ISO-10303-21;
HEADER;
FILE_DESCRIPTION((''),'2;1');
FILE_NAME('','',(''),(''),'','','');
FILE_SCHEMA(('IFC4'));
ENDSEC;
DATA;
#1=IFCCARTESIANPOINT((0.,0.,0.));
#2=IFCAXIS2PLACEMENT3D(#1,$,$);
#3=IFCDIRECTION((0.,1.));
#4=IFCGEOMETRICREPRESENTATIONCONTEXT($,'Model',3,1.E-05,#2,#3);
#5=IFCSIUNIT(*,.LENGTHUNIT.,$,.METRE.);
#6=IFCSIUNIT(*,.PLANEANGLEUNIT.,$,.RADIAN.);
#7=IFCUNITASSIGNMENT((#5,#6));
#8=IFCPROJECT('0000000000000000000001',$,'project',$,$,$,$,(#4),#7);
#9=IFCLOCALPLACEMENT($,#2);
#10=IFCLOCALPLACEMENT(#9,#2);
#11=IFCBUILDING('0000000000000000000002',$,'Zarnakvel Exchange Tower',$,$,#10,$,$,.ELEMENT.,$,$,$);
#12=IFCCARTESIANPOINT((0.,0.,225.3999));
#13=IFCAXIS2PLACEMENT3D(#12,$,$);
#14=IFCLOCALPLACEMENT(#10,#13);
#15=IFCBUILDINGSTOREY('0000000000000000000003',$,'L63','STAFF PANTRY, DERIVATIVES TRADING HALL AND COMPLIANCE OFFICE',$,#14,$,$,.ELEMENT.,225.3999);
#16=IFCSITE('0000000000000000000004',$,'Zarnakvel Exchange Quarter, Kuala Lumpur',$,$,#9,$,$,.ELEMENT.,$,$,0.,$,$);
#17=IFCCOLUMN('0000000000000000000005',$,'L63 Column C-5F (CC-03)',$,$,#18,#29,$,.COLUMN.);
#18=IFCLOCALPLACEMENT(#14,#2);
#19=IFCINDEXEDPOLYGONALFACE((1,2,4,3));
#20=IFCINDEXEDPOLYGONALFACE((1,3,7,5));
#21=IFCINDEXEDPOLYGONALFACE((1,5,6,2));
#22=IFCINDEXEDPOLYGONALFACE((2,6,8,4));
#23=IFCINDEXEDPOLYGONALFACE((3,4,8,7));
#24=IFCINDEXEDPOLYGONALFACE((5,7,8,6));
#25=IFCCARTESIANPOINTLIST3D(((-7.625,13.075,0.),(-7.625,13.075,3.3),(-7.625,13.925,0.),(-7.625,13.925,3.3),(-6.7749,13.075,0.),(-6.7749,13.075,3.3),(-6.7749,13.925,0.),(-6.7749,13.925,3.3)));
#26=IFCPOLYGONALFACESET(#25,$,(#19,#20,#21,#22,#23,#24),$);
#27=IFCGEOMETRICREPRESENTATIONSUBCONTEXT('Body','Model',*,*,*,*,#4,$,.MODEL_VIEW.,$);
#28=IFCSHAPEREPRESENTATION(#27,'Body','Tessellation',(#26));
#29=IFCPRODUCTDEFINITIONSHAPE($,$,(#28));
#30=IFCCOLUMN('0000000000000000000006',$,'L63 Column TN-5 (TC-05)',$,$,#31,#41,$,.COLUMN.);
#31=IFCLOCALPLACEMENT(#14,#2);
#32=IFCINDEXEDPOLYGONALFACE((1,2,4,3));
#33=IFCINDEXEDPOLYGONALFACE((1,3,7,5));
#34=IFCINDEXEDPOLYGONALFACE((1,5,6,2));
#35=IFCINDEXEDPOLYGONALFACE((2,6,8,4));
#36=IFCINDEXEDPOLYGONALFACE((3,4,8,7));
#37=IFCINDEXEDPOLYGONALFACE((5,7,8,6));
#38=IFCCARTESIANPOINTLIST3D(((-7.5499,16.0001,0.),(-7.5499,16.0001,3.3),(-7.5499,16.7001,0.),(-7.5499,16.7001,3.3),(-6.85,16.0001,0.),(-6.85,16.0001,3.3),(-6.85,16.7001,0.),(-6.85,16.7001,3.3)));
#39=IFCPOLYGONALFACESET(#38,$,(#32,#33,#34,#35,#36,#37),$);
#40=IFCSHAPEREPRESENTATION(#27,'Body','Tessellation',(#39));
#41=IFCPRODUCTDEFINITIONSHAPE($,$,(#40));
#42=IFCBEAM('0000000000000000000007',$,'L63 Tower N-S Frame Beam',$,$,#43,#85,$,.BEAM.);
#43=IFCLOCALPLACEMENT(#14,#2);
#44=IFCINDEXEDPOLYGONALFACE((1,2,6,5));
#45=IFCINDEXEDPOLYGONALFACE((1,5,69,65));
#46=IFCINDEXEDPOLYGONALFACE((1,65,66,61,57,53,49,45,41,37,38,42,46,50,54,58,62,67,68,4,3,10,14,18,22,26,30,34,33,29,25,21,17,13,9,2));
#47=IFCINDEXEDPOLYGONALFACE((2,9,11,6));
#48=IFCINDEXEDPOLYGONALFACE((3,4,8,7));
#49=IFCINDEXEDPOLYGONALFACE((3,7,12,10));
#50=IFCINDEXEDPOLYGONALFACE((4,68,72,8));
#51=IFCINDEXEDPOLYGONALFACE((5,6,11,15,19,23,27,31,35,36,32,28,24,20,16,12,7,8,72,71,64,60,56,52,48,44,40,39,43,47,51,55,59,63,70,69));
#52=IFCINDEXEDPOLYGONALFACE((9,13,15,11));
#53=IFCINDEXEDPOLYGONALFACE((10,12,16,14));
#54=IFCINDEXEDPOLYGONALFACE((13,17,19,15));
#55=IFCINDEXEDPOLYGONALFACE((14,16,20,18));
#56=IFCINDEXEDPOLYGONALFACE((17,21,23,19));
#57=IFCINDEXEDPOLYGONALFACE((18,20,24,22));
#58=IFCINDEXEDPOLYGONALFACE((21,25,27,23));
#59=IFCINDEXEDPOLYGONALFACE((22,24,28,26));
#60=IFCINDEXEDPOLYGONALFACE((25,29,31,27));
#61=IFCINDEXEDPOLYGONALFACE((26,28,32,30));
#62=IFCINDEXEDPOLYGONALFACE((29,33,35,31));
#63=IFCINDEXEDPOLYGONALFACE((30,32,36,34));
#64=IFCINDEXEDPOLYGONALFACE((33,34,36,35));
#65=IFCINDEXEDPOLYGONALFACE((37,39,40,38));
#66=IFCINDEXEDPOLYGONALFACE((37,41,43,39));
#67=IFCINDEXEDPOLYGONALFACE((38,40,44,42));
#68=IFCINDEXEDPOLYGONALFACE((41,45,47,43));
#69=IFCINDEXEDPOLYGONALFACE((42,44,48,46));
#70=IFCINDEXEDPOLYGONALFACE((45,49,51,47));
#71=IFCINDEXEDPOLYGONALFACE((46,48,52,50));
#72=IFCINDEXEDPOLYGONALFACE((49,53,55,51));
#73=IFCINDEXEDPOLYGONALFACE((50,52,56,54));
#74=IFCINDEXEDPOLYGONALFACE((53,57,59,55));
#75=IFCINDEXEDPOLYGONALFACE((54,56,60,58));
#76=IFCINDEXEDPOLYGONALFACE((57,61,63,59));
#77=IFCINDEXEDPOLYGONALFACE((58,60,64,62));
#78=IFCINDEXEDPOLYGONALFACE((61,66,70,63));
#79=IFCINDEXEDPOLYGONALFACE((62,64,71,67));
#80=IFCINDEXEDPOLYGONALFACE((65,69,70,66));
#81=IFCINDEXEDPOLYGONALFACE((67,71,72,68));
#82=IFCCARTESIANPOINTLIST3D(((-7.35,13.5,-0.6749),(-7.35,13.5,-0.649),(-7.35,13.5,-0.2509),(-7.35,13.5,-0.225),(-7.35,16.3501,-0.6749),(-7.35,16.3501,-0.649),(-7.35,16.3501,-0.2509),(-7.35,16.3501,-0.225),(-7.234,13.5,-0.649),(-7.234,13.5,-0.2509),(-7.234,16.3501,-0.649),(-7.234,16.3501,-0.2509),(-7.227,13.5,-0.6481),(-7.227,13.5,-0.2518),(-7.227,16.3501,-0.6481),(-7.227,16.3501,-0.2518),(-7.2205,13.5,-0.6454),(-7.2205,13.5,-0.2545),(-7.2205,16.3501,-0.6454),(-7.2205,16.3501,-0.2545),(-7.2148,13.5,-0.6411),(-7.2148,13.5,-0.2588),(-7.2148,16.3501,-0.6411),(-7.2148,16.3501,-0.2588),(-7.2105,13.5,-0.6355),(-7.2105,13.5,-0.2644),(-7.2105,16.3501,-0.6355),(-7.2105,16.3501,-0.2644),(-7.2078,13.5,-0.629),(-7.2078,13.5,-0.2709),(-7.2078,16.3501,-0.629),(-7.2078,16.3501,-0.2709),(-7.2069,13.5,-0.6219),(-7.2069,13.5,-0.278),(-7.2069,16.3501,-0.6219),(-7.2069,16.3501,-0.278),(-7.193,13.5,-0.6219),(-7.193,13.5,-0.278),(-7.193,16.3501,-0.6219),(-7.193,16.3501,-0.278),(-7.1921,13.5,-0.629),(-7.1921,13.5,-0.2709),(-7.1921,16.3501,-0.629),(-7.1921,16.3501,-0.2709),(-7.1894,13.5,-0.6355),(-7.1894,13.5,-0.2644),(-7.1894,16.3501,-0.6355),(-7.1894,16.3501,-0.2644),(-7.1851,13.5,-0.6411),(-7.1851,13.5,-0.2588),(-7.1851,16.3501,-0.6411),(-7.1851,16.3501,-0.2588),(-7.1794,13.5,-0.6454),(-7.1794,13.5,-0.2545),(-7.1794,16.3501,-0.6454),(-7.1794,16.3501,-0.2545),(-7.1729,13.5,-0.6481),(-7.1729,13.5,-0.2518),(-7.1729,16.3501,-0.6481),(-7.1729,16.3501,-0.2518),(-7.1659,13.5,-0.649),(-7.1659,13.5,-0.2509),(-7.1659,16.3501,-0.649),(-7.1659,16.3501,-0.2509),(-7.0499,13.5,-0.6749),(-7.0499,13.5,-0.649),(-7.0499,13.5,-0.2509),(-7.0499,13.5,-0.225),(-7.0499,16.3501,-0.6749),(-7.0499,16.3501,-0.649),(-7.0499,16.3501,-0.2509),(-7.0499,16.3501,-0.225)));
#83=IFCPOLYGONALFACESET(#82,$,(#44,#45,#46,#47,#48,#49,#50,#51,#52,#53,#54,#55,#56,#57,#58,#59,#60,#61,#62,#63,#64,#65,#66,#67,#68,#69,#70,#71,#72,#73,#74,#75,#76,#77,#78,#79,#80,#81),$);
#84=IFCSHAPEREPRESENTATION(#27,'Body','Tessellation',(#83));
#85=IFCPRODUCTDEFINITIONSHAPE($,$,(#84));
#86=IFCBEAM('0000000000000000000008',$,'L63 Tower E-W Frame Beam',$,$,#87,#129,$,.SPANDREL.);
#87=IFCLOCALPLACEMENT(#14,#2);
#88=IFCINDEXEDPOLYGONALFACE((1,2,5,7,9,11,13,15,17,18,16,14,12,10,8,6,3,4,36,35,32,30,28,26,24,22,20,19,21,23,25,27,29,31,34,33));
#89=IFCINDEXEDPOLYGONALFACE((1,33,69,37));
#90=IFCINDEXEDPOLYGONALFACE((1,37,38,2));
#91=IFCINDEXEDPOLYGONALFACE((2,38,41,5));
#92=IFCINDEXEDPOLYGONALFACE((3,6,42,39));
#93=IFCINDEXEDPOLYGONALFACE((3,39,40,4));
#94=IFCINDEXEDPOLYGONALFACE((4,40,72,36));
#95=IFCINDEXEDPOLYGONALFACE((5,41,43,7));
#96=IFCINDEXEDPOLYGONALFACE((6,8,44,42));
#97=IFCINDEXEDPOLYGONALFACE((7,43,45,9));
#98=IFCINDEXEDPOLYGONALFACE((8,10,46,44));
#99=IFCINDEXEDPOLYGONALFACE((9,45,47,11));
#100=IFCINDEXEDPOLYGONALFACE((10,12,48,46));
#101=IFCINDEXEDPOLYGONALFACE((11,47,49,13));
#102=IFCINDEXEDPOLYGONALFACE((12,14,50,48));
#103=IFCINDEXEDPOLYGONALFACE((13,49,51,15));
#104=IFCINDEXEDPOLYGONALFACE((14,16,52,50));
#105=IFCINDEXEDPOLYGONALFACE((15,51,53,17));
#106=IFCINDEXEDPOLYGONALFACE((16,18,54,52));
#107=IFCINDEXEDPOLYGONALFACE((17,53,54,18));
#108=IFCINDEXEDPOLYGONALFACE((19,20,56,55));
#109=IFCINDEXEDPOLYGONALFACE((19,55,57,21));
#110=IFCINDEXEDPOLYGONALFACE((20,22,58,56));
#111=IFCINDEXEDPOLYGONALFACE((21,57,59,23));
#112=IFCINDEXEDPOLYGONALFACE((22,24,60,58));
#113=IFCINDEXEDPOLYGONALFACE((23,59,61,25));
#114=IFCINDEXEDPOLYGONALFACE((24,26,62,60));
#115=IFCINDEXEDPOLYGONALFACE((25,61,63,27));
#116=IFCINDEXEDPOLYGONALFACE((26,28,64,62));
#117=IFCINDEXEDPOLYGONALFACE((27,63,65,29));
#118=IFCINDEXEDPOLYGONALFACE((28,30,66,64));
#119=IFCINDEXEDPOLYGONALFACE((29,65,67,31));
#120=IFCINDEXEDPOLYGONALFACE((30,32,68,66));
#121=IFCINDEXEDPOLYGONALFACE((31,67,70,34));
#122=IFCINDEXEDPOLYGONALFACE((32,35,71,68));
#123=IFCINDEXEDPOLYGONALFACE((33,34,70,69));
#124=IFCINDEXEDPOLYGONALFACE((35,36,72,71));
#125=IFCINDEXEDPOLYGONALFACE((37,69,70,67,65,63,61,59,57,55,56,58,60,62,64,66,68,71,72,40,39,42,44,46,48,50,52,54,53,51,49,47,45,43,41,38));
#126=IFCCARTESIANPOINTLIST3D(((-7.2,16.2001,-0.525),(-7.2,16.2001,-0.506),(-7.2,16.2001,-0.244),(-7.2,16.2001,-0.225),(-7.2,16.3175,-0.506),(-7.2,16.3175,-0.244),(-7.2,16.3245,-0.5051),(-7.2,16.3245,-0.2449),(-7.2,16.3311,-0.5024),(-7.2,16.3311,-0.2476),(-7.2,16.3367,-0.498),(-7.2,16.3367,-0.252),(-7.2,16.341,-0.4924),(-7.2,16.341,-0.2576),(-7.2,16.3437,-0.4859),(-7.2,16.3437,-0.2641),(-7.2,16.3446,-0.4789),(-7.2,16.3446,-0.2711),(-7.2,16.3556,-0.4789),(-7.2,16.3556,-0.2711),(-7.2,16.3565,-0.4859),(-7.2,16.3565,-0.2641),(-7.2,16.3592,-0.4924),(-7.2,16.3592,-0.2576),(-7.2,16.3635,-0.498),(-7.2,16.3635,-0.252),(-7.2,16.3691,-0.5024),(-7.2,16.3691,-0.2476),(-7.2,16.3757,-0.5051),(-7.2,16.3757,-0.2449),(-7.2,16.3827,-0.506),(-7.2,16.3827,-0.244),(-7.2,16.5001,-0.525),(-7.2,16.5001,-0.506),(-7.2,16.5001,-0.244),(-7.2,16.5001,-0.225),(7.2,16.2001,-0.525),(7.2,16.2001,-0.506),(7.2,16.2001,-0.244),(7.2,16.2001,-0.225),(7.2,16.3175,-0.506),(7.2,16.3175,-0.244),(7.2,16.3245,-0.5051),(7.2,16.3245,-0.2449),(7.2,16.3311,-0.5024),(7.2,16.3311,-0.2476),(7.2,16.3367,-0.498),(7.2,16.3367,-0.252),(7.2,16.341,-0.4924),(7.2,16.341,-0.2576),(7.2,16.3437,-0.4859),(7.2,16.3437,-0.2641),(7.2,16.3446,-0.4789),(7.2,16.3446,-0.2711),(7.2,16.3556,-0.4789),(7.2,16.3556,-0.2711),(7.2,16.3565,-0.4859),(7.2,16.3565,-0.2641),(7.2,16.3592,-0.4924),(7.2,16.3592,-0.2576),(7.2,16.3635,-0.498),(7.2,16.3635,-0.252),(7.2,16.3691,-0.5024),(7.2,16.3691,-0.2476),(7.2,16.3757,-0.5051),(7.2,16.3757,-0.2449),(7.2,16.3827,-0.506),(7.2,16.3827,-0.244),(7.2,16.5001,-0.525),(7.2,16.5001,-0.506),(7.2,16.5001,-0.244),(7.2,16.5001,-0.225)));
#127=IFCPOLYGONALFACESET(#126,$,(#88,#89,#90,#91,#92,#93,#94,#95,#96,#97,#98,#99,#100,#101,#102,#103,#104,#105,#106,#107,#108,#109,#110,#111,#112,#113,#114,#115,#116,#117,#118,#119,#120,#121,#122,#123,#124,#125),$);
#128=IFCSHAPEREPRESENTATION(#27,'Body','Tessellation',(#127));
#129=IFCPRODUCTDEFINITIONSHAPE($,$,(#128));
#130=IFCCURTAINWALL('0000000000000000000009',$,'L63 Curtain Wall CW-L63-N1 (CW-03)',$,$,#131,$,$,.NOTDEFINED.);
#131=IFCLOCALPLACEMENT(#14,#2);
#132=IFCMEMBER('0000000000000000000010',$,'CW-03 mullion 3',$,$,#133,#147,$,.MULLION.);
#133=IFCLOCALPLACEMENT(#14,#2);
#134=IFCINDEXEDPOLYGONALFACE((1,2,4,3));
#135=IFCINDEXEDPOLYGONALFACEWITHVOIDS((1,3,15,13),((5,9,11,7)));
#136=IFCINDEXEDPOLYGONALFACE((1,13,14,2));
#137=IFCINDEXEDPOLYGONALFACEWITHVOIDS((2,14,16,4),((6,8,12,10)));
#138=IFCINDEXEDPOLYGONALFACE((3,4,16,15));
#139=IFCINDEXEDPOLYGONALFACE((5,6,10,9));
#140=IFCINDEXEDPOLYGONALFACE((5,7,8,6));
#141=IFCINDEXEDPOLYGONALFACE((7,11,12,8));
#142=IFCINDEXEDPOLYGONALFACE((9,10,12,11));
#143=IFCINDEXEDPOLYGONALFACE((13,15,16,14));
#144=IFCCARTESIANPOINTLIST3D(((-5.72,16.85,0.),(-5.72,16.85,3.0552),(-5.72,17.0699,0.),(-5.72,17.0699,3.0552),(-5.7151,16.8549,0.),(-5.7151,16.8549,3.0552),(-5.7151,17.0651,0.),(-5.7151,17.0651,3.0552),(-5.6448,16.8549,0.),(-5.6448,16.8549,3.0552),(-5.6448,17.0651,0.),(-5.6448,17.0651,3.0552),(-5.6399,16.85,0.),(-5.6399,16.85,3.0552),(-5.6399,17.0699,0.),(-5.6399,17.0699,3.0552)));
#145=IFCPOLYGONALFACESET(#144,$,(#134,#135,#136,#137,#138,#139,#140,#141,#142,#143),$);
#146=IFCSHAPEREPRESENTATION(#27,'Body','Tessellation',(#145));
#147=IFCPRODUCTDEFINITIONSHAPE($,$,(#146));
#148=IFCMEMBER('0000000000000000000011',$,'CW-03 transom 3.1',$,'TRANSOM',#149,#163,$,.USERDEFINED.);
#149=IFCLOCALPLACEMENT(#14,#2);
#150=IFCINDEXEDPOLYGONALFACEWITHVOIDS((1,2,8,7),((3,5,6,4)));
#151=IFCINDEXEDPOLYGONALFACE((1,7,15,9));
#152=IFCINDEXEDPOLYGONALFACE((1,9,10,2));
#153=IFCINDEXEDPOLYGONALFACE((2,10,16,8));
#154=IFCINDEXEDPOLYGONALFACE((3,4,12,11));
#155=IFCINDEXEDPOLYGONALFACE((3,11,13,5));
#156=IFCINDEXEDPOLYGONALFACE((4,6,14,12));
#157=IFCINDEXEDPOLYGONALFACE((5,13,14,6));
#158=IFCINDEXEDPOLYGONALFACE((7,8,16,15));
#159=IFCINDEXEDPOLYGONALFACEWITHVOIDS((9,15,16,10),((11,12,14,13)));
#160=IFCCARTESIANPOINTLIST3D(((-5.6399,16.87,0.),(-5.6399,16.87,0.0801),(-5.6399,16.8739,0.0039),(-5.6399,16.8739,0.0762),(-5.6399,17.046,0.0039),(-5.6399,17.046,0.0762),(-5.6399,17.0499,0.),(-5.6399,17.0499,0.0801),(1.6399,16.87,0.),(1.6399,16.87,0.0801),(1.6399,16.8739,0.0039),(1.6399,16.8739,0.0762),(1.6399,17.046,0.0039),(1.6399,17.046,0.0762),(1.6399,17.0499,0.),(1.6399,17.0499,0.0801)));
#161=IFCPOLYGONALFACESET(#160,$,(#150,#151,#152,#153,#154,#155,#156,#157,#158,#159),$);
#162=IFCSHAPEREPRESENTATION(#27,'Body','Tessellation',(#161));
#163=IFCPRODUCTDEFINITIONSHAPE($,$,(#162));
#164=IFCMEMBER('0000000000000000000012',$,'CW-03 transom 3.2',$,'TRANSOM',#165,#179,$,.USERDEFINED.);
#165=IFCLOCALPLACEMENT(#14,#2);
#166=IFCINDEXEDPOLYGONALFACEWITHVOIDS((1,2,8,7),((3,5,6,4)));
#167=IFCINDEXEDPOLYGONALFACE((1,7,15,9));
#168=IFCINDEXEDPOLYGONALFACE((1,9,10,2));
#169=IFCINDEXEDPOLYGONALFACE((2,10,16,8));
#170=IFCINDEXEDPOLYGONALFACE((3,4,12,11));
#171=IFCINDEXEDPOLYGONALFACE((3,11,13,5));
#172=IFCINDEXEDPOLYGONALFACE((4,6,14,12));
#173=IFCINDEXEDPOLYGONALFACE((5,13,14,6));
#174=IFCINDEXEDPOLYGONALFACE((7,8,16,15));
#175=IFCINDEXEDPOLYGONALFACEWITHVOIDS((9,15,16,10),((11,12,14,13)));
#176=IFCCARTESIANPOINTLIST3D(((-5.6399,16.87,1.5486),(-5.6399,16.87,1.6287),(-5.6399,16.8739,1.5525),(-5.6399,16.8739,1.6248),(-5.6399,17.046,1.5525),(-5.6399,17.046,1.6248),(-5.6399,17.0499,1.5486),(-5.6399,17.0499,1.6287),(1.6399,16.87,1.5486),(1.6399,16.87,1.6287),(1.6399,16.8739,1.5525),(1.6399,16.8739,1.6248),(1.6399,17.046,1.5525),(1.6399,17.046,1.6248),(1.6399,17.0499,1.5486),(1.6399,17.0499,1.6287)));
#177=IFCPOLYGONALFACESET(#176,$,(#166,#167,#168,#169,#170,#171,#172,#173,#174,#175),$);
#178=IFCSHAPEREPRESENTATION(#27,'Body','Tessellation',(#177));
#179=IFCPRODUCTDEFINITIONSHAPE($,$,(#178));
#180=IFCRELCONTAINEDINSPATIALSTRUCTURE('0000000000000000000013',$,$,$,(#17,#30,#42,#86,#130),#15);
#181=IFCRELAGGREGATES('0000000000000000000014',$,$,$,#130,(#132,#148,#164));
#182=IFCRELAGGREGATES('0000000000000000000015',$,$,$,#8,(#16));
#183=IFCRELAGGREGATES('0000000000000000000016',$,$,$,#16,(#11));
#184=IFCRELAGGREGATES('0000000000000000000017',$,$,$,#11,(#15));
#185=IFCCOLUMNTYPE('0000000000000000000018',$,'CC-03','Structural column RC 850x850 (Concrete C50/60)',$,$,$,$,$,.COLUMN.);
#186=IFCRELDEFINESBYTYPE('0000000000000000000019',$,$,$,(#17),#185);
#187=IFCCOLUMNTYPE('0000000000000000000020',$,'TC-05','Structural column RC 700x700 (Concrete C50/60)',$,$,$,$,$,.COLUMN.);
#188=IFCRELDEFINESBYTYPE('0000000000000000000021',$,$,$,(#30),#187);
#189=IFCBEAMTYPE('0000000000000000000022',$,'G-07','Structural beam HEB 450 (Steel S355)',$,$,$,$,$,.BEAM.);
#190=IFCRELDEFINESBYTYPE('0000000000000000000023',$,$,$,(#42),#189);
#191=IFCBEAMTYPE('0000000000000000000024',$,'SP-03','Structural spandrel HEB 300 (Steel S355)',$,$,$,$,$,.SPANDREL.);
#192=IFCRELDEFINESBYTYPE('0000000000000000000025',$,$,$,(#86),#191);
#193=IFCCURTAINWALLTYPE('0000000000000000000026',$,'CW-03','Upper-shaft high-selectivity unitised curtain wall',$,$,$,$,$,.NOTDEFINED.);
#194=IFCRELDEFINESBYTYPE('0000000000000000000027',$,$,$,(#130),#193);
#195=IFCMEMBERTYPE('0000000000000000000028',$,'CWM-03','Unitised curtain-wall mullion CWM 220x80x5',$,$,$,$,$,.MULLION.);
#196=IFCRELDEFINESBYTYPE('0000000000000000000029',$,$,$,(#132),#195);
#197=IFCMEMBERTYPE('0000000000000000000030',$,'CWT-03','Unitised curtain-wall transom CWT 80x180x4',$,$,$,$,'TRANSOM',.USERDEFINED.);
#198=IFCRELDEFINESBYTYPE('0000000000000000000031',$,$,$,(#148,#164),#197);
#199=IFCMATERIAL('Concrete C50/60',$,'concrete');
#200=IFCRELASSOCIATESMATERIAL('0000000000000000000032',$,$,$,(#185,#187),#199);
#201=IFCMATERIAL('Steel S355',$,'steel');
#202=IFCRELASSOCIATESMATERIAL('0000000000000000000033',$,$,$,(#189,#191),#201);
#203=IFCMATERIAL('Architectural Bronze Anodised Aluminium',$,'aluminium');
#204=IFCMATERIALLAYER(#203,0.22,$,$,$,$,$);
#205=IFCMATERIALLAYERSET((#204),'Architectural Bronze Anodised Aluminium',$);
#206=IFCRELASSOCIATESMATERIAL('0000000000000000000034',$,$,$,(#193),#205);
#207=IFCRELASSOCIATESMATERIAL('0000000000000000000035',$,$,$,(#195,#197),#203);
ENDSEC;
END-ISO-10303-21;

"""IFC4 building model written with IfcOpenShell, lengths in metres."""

from ifc_helpers import new_model, si_unit, direction, frame, origin, origin_2d, place, context, subcontext, project, spatial, rectangle, hollow_rectangle, i_section, extrude, source, transform, mapped, material, layer, layer_set, material_profile, profile_set, type_object, element, aggregate, save


model = new_model("IFC4")

# Units and contexts
model_context = context("Model", 3, precision=1e-05, world=origin(), true_north=direction((0.0, 1.0)))
body_context = subcontext(model_context, "Body", "Model", "MODEL_VIEW")
ifc_project = project(units=[si_unit("LENGTHUNIT", "METRE"), si_unit("PLANEANGLEUNIT", "RADIAN")], contexts=[model_context])

# Site, building, storey
site_placement = place(None, origin())
site = spatial("IfcSite", under=ifc_project, at=site_placement, Name="Zarnakvel Exchange Quarter, Kuala Lumpur", CompositionType="ELEMENT", RefElevation=0.0)
building_placement = place(site_placement, origin())
building = spatial("IfcBuilding", under=site, at=building_placement, Name="Zarnakvel Exchange Tower", CompositionType="ELEMENT")
storey_placement = place(building_placement, frame((0.0, 0.0, 225.3999)))
storey = spatial("IfcBuildingStorey", under=building, at=storey_placement, Name="L63", Description="STAFF PANTRY, DERIVATIVES TRADING HALL AND COMPLIANCE OFFICE", CompositionType="ELEMENT", Elevation=225.3999)

# Columns
ifc_material_1 = material(Name="Concrete C50/60", Category="concrete")
ifc_material_profile_1 = material_profile(ifc_material_1, rectangle(XDim=0.8501, YDim=0.8501, at=origin_2d()))
ifc_profile_set_1 = profile_set([ifc_material_profile_1], Name="Concrete C50/60")
column_type_1 = type_object("IfcColumnType", Name="CC-03", Description="Structural column RC 850x850 (Concrete C50/60)", PredefinedType="COLUMN", material=ifc_profile_set_1)
column_1_placement = place(storey_placement, frame((-7.2, 13.5, 0.0), z_axis=(0.0, 0.0, 1.0), x_axis=(1.0, 0.0, 0.0)))
element("IfcColumn", 1, at=column_1_placement, inside=storey, type_object=column_type_1, Name="L63 Column C-5F (CC-03)", PredefinedType="COLUMN", context=body_context, shape_type="SweptSolid", body=[
    extrude(rectangle(XDim=0.8501, YDim=0.8501, at=origin_2d()), origin(), (0.0, 0.0, 1.0), 3.3),
])
ifc_material_profile_2 = material_profile(ifc_material_1, rectangle(XDim=0.7, YDim=0.7, at=origin_2d()))
ifc_profile_set_2 = profile_set([ifc_material_profile_2], Name="Concrete C50/60")
column_type_2 = type_object("IfcColumnType", Name="TC-05", Description="Structural column RC 700x700 (Concrete C50/60)", PredefinedType="COLUMN", material=ifc_profile_set_2)
column_2_placement = place(storey_placement, frame((-7.2, 16.3501, 0.0), z_axis=(0.0, 0.0, 1.0), x_axis=(1.0, 0.0, 0.0)))
element("IfcColumn", 2, at=column_2_placement, inside=storey, type_object=column_type_2, Name="L63 Column TN-5 (TC-05)", PredefinedType="COLUMN", context=body_context, shape_type="SweptSolid", body=[
    extrude(rectangle(XDim=0.7, YDim=0.7, at=origin_2d()), origin(), (0.0, 0.0, 1.0), 3.3),
])

# Beams
ifc_material_2 = material(Name="Steel S355", Category="steel")
ifc_material_profile_3 = material_profile(ifc_material_2, i_section(OverallWidth=0.3, OverallDepth=0.45, WebThickness=0.0139, FlangeThickness=0.0259, FilletRadius=0.0271, at=origin_2d()))
ifc_profile_set_3 = profile_set([ifc_material_profile_3], Name="Steel S355")
beam_type_1 = type_object("IfcBeamType", Name="G-07", Description="Structural beam HEB 450 (Steel S355)", PredefinedType="BEAM", material=ifc_profile_set_3)
beam_1_placement = place(storey_placement, frame((-7.2, 13.5, -0.45), z_axis=(0.0, 1.0, 0.0), x_axis=(-1.0, 0.0, 0.0)))
element("IfcBeam", 3, at=beam_1_placement, inside=storey, type_object=beam_type_1, Name="L63 Tower N-S Frame Beam", PredefinedType="BEAM", context=body_context, shape_type="SweptSolid", body=[
    extrude(i_section(OverallWidth=0.3, OverallDepth=0.45, WebThickness=0.0139, FlangeThickness=0.0259, FilletRadius=0.0271, at=origin_2d()), origin(), (0.0, 0.0, 1.0), 2.8501),
])
ifc_material_profile_4 = material_profile(ifc_material_2, i_section(OverallWidth=0.3, OverallDepth=0.3, WebThickness=0.011, FlangeThickness=0.019, FilletRadius=0.0271, at=origin_2d()))
ifc_profile_set_4 = profile_set([ifc_material_profile_4], Name="Steel S355")
beam_type_2 = type_object("IfcBeamType", Name="SP-03", Description="Structural spandrel HEB 300 (Steel S355)", PredefinedType="SPANDREL", material=ifc_profile_set_4)
beam_2_placement = place(storey_placement, frame((-7.2, 16.3501, -0.375), z_axis=(1.0, 0.0, 0.0), x_axis=(0.0, 1.0, 0.0)))
element("IfcBeam", 4, at=beam_2_placement, inside=storey, type_object=beam_type_2, Name="L63 Tower E-W Frame Beam", PredefinedType="SPANDREL", context=body_context, shape_type="SweptSolid", body=[
    extrude(i_section(OverallWidth=0.3, OverallDepth=0.3, WebThickness=0.011, FlangeThickness=0.019, FilletRadius=0.0271, at=origin_2d()), origin(), (0.0, 0.0, 1.0), 14.3999),
])

# Curtain wall, members
ifc_material_3 = material(Name="Architectural Bronze Anodised Aluminium", Category="aluminium")
ifc_layer_1 = layer(ifc_material_3, 0.22)
ifc_layer_set_1 = layer_set([ifc_layer_1], Name="Architectural Bronze Anodised Aluminium")
curtain_wall_type = type_object("IfcCurtainWallType", Name="CW-03", Description="Upper-shaft high-selectivity unitised curtain wall", PredefinedType="NOTDEFINED", material=ifc_layer_set_1)
curtain_wall_placement = place(storey_placement, origin())
curtain_wall = element("IfcCurtainWall", 5, at=curtain_wall_placement, inside=storey, type_object=curtain_wall_type, Name="L63 Curtain Wall CW-L63-N1 (CW-03)", PredefinedType="NOTDEFINED")
ifc_material_profile_5 = material_profile(ifc_material_3, hollow_rectangle(XDim=0.22, YDim=0.0801, WallThickness=0.0049, at=origin_2d()))
ifc_profile_set_5 = profile_set([ifc_material_profile_5], Name="Architectural Bronze Anodised Aluminium")
member_type_1 = type_object("IfcMemberType", Name="CWM-03", Description="Unitised curtain-wall mullion CWM 220x80x5", PredefinedType="MULLION", material=ifc_profile_set_5)
shared_shape_1 = source(origin(), body_context, "Body", "SweptSolid", [
    extrude(hollow_rectangle(XDim=0.22, YDim=0.0801, WallThickness=0.0049, at=origin_2d()), origin(), (0.0, 0.0, 1.0), 3.0552),
])
member_1_placement = place(storey_placement, frame((-5.6799, 16.96, 0.0), z_axis=(0.0, 0.0, 1.0), x_axis=(0.0, 1.0, 0.0)))
member_1 = element("IfcMember", 6, at=member_1_placement, type_object=member_type_1, Name="CW-03 mullion 3", PredefinedType="MULLION", context=body_context, shape_type="MappedRepresentation", body=[
    mapped(shared_shape_1, transform((0.0, 0.0, 0.0), x_axis=(1.0, 0.0, 0.0), y_axis=(0.0, 1.0, 0.0), z_axis=(0.0, 0.0, 1.0), scale=1.0)),
])
ifc_material_profile_6 = material_profile(ifc_material_3, hollow_rectangle(XDim=0.1799, YDim=0.0801, WallThickness=0.0039, at=origin_2d()))
ifc_profile_set_6 = profile_set([ifc_material_profile_6], Name="Architectural Bronze Anodised Aluminium")
member_type_2 = type_object("IfcMemberType", Name="CWT-03", Description="Unitised curtain-wall transom CWT 80x180x4", ElementType="TRANSOM", PredefinedType="USERDEFINED", material=ifc_profile_set_6)
shared_shape_2 = source(origin(), body_context, "Body", "SweptSolid", [
    extrude(hollow_rectangle(XDim=0.1799, YDim=0.0801, WallThickness=0.0039, at=origin_2d()), origin(), (0.0, 0.0, 1.0), 7.2798),
])
member_2_placement = place(storey_placement, frame((-5.6399, 16.96, 0.04), z_axis=(1.0, 0.0, 0.0), x_axis=(0.0, 1.0, 0.0)))
member_2 = element("IfcMember", 7, at=member_2_placement, type_object=member_type_2, Name="CW-03 transom 3.1", ObjectType="TRANSOM", PredefinedType="USERDEFINED", context=body_context, shape_type="MappedRepresentation", body=[
    mapped(shared_shape_2, transform((0.0, 0.0, 0.0), x_axis=(1.0, 0.0, 0.0), y_axis=(0.0, 1.0, 0.0), z_axis=(0.0, 0.0, 1.0), scale=1.0)),
])
member_3_placement = place(storey_placement, frame((-5.6399, 16.96, 1.5886), z_axis=(1.0, 0.0, 0.0), x_axis=(0.0, 1.0, 0.0)))
member_3 = element("IfcMember", 8, at=member_3_placement, type_object=member_type_2, Name="CW-03 transom 3.2", ObjectType="TRANSOM", PredefinedType="USERDEFINED", context=body_context, shape_type="MappedRepresentation", body=[
    mapped(shared_shape_2, transform((0.0, 0.0, 0.0), x_axis=(1.0, 0.0, 0.0), y_axis=(0.0, 1.0, 0.0), z_axis=(0.0, 0.0, 1.0), scale=1.0)),
])
aggregate(curtain_wall, [member_1, member_2, member_3])

save(model, "model.ifc")
